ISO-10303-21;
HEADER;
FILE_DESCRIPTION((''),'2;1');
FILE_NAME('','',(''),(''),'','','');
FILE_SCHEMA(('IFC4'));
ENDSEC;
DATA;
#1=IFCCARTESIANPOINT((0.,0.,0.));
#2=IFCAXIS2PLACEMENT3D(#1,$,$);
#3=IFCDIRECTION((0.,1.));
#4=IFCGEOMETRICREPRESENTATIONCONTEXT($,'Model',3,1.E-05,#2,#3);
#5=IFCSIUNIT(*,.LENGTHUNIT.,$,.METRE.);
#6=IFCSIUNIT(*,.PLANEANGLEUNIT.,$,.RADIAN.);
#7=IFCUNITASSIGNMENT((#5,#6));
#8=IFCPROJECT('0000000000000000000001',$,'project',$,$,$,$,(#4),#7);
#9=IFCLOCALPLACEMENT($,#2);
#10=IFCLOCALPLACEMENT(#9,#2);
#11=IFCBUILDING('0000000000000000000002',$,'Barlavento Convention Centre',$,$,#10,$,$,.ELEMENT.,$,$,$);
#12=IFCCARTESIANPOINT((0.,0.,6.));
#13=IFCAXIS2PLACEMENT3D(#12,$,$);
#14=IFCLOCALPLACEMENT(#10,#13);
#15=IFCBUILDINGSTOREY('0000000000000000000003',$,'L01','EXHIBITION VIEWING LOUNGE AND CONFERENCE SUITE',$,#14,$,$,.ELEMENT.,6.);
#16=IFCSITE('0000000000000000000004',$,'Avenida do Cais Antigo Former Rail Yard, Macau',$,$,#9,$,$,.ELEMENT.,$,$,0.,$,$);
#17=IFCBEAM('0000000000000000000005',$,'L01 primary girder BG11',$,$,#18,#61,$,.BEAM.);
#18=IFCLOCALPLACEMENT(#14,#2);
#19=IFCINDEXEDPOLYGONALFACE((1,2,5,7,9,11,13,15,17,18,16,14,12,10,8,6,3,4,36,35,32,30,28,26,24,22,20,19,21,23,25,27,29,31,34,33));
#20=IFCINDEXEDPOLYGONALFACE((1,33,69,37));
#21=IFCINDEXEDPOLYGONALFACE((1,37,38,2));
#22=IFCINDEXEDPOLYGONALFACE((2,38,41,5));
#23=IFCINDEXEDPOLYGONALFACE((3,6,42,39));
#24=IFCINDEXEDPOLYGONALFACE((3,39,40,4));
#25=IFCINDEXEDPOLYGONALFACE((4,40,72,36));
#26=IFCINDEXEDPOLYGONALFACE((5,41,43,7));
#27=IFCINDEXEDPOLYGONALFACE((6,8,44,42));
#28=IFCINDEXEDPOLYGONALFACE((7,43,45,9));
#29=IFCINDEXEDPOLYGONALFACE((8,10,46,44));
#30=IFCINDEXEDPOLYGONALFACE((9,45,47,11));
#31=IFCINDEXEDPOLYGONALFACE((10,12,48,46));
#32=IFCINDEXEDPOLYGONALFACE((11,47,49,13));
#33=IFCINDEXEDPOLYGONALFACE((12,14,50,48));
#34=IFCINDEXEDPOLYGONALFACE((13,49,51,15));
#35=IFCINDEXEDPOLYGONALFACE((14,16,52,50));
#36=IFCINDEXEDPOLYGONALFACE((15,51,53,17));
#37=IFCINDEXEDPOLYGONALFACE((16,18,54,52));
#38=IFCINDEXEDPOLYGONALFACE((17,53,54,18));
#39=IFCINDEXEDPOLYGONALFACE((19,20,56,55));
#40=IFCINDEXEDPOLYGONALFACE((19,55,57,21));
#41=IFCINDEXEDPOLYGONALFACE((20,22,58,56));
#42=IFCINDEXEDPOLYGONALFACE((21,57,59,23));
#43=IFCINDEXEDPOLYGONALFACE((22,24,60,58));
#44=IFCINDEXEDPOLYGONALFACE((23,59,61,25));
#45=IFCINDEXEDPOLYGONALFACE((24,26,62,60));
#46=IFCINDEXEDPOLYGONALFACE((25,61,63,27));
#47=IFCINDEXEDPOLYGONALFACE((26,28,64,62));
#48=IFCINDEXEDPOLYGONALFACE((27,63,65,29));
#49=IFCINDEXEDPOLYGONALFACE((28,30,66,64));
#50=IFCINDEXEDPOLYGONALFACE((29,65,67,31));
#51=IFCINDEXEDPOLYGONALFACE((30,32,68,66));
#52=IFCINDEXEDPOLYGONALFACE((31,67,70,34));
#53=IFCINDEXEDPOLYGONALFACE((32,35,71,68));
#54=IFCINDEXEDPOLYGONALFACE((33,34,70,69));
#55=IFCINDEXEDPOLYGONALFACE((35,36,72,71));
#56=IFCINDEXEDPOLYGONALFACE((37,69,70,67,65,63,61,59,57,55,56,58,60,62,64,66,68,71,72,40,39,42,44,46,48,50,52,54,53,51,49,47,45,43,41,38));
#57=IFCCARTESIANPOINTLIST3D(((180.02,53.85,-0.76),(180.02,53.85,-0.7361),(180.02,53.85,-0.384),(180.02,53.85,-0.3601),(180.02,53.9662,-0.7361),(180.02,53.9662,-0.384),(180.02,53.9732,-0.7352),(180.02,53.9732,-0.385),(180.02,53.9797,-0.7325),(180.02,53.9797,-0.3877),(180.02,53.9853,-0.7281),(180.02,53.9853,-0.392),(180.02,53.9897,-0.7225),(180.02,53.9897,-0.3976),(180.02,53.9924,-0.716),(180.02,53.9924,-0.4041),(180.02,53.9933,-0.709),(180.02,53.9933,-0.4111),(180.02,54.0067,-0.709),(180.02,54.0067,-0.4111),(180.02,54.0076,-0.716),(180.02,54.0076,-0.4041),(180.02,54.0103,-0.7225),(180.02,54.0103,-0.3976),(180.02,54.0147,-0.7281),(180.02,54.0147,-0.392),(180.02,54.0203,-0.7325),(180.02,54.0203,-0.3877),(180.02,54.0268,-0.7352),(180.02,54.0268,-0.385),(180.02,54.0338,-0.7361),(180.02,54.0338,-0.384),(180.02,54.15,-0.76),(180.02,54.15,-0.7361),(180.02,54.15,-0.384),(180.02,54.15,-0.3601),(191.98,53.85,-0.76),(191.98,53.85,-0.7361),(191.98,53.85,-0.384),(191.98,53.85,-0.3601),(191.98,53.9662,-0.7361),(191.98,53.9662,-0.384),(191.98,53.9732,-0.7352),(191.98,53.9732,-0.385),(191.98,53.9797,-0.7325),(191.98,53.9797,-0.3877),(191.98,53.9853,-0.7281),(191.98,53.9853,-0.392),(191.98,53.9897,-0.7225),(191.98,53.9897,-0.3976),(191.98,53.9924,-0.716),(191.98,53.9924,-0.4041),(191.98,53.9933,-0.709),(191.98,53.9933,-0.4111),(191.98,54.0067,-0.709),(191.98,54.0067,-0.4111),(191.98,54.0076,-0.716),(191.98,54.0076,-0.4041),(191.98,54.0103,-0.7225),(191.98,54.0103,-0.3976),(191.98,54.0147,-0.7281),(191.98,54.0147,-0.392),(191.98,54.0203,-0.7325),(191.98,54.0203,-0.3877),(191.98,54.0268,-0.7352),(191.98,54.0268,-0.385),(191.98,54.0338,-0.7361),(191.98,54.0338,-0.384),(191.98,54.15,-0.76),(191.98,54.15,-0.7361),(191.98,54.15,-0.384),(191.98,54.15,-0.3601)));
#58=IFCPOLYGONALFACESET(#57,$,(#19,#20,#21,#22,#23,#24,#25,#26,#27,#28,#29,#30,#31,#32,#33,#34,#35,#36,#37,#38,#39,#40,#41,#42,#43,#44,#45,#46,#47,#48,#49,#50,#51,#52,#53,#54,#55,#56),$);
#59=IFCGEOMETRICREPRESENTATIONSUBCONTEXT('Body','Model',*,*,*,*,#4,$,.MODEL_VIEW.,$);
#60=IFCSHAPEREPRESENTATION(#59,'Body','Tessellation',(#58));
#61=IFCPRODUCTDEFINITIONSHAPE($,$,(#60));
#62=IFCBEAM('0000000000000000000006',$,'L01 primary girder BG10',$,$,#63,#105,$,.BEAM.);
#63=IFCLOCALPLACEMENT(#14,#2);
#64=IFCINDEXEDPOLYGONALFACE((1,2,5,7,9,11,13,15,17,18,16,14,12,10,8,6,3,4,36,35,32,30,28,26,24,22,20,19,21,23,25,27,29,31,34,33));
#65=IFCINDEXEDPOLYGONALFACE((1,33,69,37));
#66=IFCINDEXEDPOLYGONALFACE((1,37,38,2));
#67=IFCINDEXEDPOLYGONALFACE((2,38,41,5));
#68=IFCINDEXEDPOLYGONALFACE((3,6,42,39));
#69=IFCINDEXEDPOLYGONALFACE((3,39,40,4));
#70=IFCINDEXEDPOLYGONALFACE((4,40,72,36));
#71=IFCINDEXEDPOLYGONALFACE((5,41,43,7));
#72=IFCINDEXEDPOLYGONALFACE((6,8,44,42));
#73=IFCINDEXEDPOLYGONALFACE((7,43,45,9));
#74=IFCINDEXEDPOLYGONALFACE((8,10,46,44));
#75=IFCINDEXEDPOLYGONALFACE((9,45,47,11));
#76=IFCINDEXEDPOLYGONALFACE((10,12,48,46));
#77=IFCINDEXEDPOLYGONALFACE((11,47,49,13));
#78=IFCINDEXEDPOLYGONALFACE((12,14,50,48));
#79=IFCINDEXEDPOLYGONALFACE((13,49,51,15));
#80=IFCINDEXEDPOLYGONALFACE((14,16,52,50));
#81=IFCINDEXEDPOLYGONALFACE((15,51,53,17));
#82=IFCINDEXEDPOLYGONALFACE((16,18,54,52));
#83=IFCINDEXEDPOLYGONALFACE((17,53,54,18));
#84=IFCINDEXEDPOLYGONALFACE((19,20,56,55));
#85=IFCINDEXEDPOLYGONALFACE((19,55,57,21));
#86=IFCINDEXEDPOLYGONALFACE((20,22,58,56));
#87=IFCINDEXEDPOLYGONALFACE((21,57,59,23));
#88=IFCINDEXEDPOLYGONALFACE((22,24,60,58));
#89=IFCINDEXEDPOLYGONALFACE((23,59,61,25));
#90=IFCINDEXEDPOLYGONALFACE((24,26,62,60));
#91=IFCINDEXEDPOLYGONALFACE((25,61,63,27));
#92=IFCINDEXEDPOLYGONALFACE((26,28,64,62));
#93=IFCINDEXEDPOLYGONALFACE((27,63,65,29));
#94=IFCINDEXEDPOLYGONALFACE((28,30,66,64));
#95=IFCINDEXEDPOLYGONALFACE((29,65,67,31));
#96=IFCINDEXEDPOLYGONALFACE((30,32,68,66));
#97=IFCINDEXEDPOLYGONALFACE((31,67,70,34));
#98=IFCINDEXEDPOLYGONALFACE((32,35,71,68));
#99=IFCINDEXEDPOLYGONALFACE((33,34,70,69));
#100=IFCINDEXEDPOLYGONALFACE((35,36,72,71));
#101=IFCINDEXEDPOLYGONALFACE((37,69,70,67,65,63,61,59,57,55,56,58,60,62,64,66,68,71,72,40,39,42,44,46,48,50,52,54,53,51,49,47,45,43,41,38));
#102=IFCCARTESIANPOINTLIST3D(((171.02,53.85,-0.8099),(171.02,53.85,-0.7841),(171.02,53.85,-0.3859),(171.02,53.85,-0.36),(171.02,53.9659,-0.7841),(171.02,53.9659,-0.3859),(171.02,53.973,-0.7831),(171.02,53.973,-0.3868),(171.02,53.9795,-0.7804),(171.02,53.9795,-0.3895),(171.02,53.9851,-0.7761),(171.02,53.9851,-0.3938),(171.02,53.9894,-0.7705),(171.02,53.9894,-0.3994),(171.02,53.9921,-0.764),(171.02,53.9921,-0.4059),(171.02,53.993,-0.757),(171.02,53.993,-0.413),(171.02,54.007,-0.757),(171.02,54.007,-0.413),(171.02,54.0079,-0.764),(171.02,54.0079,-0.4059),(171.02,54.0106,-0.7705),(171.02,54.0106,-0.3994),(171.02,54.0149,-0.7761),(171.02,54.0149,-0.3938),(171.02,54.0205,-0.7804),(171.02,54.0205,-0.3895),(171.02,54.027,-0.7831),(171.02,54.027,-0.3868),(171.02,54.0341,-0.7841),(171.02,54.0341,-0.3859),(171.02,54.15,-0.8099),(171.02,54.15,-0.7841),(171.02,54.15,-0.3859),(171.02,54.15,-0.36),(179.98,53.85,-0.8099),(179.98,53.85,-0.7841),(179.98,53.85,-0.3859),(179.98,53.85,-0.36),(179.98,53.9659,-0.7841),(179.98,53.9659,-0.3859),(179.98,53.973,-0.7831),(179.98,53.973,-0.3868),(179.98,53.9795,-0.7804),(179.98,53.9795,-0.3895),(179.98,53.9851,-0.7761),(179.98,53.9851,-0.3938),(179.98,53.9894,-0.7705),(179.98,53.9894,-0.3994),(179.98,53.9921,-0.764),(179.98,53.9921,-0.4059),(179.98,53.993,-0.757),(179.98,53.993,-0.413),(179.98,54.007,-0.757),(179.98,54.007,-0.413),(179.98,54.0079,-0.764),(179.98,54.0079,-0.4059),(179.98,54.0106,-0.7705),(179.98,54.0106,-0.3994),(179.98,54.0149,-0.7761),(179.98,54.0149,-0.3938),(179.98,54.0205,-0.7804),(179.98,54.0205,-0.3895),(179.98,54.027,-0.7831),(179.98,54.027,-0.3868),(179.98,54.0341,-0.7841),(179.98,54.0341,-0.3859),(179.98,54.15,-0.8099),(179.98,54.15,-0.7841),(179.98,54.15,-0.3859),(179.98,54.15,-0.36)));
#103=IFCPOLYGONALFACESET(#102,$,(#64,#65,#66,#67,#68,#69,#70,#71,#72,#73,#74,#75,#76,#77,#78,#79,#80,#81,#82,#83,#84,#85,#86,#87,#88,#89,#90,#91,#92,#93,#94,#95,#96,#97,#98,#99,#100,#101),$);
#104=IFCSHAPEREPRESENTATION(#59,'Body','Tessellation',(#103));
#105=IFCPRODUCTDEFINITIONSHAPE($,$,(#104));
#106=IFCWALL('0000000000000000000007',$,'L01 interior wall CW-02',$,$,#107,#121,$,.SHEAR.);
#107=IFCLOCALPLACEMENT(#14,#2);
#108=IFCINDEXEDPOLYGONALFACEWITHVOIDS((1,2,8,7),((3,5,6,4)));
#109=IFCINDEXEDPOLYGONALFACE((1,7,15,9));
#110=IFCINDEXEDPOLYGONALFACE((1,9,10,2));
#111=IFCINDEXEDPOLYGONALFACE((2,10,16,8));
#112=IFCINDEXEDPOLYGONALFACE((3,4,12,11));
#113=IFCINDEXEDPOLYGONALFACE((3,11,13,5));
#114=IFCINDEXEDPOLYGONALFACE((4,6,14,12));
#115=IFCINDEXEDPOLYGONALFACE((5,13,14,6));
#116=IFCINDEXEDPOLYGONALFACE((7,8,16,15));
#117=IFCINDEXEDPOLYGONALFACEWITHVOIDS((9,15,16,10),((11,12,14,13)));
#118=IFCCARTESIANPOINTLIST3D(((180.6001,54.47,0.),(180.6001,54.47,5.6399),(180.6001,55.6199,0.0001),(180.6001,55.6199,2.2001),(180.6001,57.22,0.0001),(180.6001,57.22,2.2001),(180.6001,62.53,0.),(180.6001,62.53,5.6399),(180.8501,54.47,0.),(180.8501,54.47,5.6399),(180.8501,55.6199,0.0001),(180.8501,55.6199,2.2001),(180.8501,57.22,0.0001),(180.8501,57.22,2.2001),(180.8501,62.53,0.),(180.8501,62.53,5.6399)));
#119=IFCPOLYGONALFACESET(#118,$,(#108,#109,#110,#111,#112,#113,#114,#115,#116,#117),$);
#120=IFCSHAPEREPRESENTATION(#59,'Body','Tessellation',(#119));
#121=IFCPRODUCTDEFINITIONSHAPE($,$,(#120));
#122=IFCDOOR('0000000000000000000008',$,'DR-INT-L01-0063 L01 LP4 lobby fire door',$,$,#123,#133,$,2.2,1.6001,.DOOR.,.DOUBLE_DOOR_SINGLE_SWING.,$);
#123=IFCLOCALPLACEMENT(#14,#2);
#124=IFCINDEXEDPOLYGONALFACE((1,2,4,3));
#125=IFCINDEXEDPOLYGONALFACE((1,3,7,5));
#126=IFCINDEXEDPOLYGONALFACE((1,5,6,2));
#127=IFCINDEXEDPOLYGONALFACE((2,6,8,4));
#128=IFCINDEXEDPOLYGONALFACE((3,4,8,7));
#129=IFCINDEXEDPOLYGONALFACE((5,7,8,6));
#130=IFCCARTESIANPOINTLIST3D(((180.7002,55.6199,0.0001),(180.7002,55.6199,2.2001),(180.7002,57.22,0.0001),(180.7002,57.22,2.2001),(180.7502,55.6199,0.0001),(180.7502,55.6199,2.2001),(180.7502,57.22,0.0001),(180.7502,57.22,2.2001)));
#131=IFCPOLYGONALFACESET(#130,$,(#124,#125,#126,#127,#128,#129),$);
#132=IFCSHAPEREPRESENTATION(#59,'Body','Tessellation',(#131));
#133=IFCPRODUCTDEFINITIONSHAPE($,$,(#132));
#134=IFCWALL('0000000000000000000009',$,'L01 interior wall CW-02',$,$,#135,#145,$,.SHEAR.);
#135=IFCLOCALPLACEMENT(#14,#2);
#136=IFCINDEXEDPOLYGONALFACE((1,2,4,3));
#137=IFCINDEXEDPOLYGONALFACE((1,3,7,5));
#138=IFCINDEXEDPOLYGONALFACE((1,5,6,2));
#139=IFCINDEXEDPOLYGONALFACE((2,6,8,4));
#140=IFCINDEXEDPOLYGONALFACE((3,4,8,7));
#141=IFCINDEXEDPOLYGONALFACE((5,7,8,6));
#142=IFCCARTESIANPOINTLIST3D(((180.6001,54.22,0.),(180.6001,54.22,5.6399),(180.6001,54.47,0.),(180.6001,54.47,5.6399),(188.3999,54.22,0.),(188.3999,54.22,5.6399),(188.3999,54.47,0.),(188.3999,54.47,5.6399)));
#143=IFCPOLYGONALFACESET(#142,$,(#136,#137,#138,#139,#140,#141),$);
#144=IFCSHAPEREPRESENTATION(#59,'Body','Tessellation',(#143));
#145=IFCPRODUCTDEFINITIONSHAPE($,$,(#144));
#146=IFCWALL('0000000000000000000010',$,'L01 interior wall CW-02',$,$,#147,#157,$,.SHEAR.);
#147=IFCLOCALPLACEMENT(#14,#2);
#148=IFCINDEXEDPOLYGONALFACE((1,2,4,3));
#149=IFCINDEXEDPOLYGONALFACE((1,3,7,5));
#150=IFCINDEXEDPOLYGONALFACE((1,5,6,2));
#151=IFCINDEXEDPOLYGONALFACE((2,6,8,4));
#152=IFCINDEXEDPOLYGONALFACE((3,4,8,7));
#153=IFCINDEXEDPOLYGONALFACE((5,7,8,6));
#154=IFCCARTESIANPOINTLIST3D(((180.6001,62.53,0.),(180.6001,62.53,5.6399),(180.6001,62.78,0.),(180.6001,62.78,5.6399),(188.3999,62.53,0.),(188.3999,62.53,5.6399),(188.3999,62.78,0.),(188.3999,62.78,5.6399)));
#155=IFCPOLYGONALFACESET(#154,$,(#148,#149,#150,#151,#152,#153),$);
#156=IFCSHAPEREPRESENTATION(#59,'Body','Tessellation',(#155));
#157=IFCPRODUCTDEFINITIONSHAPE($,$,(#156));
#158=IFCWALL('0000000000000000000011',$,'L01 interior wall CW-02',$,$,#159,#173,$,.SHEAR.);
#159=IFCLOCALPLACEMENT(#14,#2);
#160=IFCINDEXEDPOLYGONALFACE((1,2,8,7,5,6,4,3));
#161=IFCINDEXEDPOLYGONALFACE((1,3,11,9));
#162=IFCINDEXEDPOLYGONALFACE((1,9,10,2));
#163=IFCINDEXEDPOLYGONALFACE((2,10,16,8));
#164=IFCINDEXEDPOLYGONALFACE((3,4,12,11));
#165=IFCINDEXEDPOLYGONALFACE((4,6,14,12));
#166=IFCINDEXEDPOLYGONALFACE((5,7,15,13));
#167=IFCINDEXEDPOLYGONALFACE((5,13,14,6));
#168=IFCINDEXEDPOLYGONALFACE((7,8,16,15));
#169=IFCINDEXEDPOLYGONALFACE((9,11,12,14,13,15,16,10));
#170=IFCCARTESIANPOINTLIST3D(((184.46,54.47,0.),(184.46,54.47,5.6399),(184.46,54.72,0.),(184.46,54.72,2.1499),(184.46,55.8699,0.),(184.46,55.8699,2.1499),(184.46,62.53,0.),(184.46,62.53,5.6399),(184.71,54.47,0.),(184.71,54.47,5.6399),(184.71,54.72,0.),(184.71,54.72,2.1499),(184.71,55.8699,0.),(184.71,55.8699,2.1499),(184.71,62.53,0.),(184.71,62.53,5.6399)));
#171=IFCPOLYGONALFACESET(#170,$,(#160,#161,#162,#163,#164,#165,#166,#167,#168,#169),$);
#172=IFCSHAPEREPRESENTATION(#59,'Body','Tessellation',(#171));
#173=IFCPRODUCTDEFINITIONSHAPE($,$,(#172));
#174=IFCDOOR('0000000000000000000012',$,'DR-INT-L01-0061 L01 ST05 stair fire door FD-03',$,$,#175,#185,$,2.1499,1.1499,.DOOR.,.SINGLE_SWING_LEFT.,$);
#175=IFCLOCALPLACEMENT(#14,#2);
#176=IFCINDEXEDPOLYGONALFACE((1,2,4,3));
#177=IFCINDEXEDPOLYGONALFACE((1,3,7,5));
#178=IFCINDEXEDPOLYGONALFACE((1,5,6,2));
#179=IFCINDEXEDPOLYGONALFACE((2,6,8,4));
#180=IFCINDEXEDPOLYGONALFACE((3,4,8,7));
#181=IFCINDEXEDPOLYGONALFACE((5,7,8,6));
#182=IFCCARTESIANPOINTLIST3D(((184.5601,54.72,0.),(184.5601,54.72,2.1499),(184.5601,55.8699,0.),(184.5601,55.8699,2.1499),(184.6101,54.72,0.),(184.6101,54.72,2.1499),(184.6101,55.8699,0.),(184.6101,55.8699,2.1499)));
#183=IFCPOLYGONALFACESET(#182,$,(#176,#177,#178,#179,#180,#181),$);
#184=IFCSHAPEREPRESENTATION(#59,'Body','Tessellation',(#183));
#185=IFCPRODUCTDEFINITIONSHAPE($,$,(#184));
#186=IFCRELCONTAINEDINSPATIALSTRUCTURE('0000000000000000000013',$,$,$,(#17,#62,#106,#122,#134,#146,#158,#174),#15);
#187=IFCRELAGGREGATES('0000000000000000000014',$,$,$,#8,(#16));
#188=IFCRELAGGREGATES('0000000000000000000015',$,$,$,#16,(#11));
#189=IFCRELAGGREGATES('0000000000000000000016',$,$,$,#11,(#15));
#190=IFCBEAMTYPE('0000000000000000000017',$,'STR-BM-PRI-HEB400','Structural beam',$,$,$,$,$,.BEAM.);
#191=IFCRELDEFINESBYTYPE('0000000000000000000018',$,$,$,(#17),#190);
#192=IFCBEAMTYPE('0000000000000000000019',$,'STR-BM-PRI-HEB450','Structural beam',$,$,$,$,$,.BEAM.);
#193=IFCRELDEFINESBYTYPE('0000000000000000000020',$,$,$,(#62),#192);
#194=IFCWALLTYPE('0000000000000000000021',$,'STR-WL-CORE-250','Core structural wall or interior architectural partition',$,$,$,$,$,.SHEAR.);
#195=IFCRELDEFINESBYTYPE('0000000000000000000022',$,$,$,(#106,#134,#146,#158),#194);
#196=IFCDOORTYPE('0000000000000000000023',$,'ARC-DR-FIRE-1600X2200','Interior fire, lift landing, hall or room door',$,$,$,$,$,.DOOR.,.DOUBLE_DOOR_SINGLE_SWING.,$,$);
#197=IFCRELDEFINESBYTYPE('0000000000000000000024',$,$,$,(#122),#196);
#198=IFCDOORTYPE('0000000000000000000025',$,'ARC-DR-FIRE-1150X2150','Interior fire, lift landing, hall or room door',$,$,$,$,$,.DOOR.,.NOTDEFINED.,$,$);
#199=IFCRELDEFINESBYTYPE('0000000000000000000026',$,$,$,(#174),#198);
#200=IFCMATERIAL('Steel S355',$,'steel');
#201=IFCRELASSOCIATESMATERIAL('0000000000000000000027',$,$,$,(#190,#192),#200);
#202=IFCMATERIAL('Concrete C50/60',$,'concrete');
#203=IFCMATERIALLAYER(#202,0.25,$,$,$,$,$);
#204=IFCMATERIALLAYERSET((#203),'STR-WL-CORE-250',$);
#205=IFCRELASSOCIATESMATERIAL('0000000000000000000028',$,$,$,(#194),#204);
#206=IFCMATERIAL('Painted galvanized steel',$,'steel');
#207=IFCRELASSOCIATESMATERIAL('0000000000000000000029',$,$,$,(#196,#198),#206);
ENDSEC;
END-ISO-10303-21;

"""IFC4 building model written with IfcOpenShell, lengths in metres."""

from ifc_helpers import new_model, si_unit, direction, frame, frame_2d, origin, origin_2d, place, context, subcontext, project, spatial, rectangle, i_section, extrude, material, layer, layer_set, material_profile, profile_set, type_object, element, fill, save


model = new_model("IFC4")

# Units and contexts
model_context = context("Model", 3, precision=1e-05, world=origin(), true_north=direction((0.0, 1.0)))
body_context = subcontext(model_context, "Body", "Model", "MODEL_VIEW")
ifc_project = project(units=[si_unit("LENGTHUNIT", "METRE"), si_unit("PLANEANGLEUNIT", "RADIAN")], contexts=[model_context])

# Site, building, storey
site_placement = place(None, origin())
site = spatial("IfcSite", under=ifc_project, at=site_placement, Name="Avenida do Cais Antigo Former Rail Yard, Macau", CompositionType="ELEMENT", RefElevation=0.0)
building_placement = place(site_placement, origin())
building = spatial("IfcBuilding", under=site, at=building_placement, Name="Barlavento Convention Centre", CompositionType="ELEMENT")
storey_placement = place(building_placement, frame((0.0, 0.0, 6.0)))
storey = spatial("IfcBuildingStorey", under=building, at=storey_placement, Name="L01", Description="EXHIBITION VIEWING LOUNGE AND CONFERENCE SUITE", CompositionType="ELEMENT", Elevation=6.0)

# Shared definitions
ifc_material_1 = material(Name="Steel S355", Category="steel")

# Beams
ifc_material_profile_1 = material_profile(ifc_material_1, i_section(OverallWidth=0.3, OverallDepth=0.3999, WebThickness=0.0134, FlangeThickness=0.0239, FilletRadius=0.0271, at=origin_2d()), Name="HEB 400")
ifc_profile_set_1 = profile_set([ifc_material_profile_1], Name="Steel S355")
beam_type_1 = type_object("IfcBeamType", Name="STR-BM-PRI-HEB400", Description="Structural beam", PredefinedType="BEAM", material=ifc_profile_set_1)
beam_1_placement = place(storey_placement, frame((180.02, 54.0, -0.5601), z_axis=(1.0, 0.0, 0.0), x_axis=(0.0, 1.0, 0.0)))
element("IfcBeam", 1, at=beam_1_placement, inside=storey, type_object=beam_type_1, Name="L01 primary girder BG11", PredefinedType="BEAM", context=body_context, shape_type="SweptSolid", body=[
    extrude(i_section(OverallWidth=0.3, OverallDepth=0.3999, WebThickness=0.0134, FlangeThickness=0.0239, FilletRadius=0.0271, at=origin_2d()), origin(), (0.0, 0.0, 1.0), 11.96),
])
ifc_material_profile_2 = material_profile(ifc_material_1, i_section(OverallWidth=0.3, OverallDepth=0.45, WebThickness=0.0139, FlangeThickness=0.0259, FilletRadius=0.0271, at=origin_2d()), Name="HEB 450")
ifc_profile_set_2 = profile_set([ifc_material_profile_2], Name="Steel S355")
beam_type_2 = type_object("IfcBeamType", Name="STR-BM-PRI-HEB450", Description="Structural beam", PredefinedType="BEAM", material=ifc_profile_set_2)
beam_2_placement = place(storey_placement, frame((171.02, 54.0, -0.585), z_axis=(1.0, 0.0, 0.0), x_axis=(0.0, 1.0, 0.0)))
element("IfcBeam", 2, at=beam_2_placement, inside=storey, type_object=beam_type_2, Name="L01 primary girder BG10", PredefinedType="BEAM", context=body_context, shape_type="SweptSolid", body=[
    extrude(i_section(OverallWidth=0.3, OverallDepth=0.45, WebThickness=0.0139, FlangeThickness=0.0259, FilletRadius=0.0271, at=origin_2d()), origin(), (0.0, 0.0, 1.0), 8.96),
])

# Wall, opening, door
ifc_material_2 = material(Name="Concrete C50/60", Category="concrete")
ifc_layer = layer(ifc_material_2, 0.25)
ifc_layer_set = layer_set([ifc_layer], Name="STR-WL-CORE-250")
wall_type = type_object("IfcWallType", Name="STR-WL-CORE-250", Description="Core structural wall or interior architectural partition", PredefinedType="SHEAR", material=ifc_layer_set)
wall_1_placement = place(storey_placement, frame((180.7251, 54.47, 0.0), z_axis=(0.0, 0.0, 1.0), x_axis=(0.0, 1.0, 0.0)))
wall_1 = element("IfcWall", 3, at=wall_1_placement, inside=storey, type_object=wall_type, Name="L01 interior wall CW-02", PredefinedType="SHEAR", context=body_context, shape_type="SweptSolid", body=[
    extrude(rectangle(XDim=8.0601, YDim=0.25, at=frame_2d((4.03, 0.0))), origin(), (0.0, 0.0, 1.0), 5.6399),
])
opening_1_placement = place(wall_1_placement, frame((1.1499, 0.0, 0.0)))
opening_1 = element("IfcOpeningElement", 4, at=opening_1_placement, cuts=wall_1, PredefinedType="OPENING", context=body_context, shape_type="SweptSolid", body=[
    extrude(rectangle(XDim=1.6001, YDim=2.2, at=frame_2d((0.8, 1.1001))), frame((0.0, 0.135, 0.0), z_axis=(0.0, -1.0, 0.0), x_axis=(1.0, 0.0, 0.0)), (0.0, 0.0, 1.0), 0.27),
])
ifc_material_3 = material(Name="Painted galvanized steel", Category="steel")
door_type_1 = type_object("IfcDoorType", Name="ARC-DR-FIRE-1600X2200", Description="Interior fire, lift landing, hall or room door", OperationType="DOUBLE_DOOR_SINGLE_SWING", PredefinedType="DOOR", material=ifc_material_3)
door_1_placement = place(opening_1_placement, origin())
door_1 = element("IfcDoor", 5, at=door_1_placement, inside=storey, type_object=door_type_1, Name="DR-INT-L01-0063 L01 LP4 lobby fire door", OperationType="DOUBLE_DOOR_SINGLE_SWING", OverallHeight=2.2, OverallWidth=1.6001, PredefinedType="DOOR", context=body_context, shape_type="SweptSolid", body=[
    extrude(rectangle(XDim=1.6001, YDim=2.2, at=frame_2d((0.8, 1.1001))), frame((0.0, 0.0249, 0.0), z_axis=(0.0, -1.0, 0.0), x_axis=(1.0, 0.0, 0.0)), (0.0, 0.0, 1.0), 0.05),
])
fill(opening_1, door_1)

# Walls
for number, where, z_axis, x_axis, name in (
    (6, (180.6001, 54.345, 0.0), (0.0, 0.0, 1.0), (1.0, 0.0, 0.0), "L01 interior wall CW-02"),
    (7, (180.6001, 62.655, 0.0), (0.0, 0.0, 1.0), (1.0, 0.0, 0.0), "L01 interior wall CW-02"),
):
    element("IfcWall", number, at=place(storey_placement, frame(where, z_axis=z_axis, x_axis=x_axis)), inside=storey, type_object=wall_type, Name=name, PredefinedType="SHEAR", context=body_context, shape_type="SweptSolid", body=[
        extrude(rectangle(XDim=7.7998, YDim=0.25, at=frame_2d((3.8999, 0.0))), origin(), (0.0, 0.0, 1.0), 5.6399),
    ])

# Wall, opening, door
wall_2_placement = place(storey_placement, frame((184.585, 54.47, 0.0), z_axis=(0.0, 0.0, 1.0), x_axis=(0.0, 1.0, 0.0)))
wall_2 = element("IfcWall", 8, at=wall_2_placement, inside=storey, type_object=wall_type, Name="L01 interior wall CW-02", PredefinedType="SHEAR", context=body_context, shape_type="SweptSolid", body=[
    extrude(rectangle(XDim=8.0601, YDim=0.25, at=frame_2d((4.03, 0.0))), origin(), (0.0, 0.0, 1.0), 5.6399),
])
opening_2_placement = place(wall_2_placement, frame((0.25, 0.0, 0.0)))
opening_2 = element("IfcOpeningElement", 9, at=opening_2_placement, cuts=wall_2, PredefinedType="OPENING", context=body_context, shape_type="SweptSolid", body=[
    extrude(rectangle(XDim=1.1499, YDim=2.1499, at=frame_2d((0.575, 1.075))), frame((0.0, 0.135, 0.0), z_axis=(0.0, -1.0, 0.0), x_axis=(1.0, 0.0, 0.0)), (0.0, 0.0, 1.0), 0.27),
])
door_type_2 = type_object("IfcDoorType", Name="ARC-DR-FIRE-1150X2150", Description="Interior fire, lift landing, hall or room door", OperationType="NOTDEFINED", PredefinedType="DOOR", material=ifc_material_3)
door_2_placement = place(opening_2_placement, origin())
door_2 = element("IfcDoor", 10, at=door_2_placement, inside=storey, type_object=door_type_2, Name="DR-INT-L01-0061 L01 ST05 stair fire door FD-03", OperationType="SINGLE_SWING_LEFT", OverallHeight=2.1499, OverallWidth=1.1499, PredefinedType="DOOR", context=body_context, shape_type="SweptSolid", body=[
    extrude(rectangle(XDim=1.1499, YDim=2.1499, at=frame_2d((0.575, 1.075))), frame((0.0, 0.0249, 0.0), z_axis=(0.0, -1.0, 0.0), x_axis=(1.0, 0.0, 0.0)), (0.0, 0.0, 1.0), 0.05),
])
fill(opening_2, door_2)

save(model, "model.ifc")
